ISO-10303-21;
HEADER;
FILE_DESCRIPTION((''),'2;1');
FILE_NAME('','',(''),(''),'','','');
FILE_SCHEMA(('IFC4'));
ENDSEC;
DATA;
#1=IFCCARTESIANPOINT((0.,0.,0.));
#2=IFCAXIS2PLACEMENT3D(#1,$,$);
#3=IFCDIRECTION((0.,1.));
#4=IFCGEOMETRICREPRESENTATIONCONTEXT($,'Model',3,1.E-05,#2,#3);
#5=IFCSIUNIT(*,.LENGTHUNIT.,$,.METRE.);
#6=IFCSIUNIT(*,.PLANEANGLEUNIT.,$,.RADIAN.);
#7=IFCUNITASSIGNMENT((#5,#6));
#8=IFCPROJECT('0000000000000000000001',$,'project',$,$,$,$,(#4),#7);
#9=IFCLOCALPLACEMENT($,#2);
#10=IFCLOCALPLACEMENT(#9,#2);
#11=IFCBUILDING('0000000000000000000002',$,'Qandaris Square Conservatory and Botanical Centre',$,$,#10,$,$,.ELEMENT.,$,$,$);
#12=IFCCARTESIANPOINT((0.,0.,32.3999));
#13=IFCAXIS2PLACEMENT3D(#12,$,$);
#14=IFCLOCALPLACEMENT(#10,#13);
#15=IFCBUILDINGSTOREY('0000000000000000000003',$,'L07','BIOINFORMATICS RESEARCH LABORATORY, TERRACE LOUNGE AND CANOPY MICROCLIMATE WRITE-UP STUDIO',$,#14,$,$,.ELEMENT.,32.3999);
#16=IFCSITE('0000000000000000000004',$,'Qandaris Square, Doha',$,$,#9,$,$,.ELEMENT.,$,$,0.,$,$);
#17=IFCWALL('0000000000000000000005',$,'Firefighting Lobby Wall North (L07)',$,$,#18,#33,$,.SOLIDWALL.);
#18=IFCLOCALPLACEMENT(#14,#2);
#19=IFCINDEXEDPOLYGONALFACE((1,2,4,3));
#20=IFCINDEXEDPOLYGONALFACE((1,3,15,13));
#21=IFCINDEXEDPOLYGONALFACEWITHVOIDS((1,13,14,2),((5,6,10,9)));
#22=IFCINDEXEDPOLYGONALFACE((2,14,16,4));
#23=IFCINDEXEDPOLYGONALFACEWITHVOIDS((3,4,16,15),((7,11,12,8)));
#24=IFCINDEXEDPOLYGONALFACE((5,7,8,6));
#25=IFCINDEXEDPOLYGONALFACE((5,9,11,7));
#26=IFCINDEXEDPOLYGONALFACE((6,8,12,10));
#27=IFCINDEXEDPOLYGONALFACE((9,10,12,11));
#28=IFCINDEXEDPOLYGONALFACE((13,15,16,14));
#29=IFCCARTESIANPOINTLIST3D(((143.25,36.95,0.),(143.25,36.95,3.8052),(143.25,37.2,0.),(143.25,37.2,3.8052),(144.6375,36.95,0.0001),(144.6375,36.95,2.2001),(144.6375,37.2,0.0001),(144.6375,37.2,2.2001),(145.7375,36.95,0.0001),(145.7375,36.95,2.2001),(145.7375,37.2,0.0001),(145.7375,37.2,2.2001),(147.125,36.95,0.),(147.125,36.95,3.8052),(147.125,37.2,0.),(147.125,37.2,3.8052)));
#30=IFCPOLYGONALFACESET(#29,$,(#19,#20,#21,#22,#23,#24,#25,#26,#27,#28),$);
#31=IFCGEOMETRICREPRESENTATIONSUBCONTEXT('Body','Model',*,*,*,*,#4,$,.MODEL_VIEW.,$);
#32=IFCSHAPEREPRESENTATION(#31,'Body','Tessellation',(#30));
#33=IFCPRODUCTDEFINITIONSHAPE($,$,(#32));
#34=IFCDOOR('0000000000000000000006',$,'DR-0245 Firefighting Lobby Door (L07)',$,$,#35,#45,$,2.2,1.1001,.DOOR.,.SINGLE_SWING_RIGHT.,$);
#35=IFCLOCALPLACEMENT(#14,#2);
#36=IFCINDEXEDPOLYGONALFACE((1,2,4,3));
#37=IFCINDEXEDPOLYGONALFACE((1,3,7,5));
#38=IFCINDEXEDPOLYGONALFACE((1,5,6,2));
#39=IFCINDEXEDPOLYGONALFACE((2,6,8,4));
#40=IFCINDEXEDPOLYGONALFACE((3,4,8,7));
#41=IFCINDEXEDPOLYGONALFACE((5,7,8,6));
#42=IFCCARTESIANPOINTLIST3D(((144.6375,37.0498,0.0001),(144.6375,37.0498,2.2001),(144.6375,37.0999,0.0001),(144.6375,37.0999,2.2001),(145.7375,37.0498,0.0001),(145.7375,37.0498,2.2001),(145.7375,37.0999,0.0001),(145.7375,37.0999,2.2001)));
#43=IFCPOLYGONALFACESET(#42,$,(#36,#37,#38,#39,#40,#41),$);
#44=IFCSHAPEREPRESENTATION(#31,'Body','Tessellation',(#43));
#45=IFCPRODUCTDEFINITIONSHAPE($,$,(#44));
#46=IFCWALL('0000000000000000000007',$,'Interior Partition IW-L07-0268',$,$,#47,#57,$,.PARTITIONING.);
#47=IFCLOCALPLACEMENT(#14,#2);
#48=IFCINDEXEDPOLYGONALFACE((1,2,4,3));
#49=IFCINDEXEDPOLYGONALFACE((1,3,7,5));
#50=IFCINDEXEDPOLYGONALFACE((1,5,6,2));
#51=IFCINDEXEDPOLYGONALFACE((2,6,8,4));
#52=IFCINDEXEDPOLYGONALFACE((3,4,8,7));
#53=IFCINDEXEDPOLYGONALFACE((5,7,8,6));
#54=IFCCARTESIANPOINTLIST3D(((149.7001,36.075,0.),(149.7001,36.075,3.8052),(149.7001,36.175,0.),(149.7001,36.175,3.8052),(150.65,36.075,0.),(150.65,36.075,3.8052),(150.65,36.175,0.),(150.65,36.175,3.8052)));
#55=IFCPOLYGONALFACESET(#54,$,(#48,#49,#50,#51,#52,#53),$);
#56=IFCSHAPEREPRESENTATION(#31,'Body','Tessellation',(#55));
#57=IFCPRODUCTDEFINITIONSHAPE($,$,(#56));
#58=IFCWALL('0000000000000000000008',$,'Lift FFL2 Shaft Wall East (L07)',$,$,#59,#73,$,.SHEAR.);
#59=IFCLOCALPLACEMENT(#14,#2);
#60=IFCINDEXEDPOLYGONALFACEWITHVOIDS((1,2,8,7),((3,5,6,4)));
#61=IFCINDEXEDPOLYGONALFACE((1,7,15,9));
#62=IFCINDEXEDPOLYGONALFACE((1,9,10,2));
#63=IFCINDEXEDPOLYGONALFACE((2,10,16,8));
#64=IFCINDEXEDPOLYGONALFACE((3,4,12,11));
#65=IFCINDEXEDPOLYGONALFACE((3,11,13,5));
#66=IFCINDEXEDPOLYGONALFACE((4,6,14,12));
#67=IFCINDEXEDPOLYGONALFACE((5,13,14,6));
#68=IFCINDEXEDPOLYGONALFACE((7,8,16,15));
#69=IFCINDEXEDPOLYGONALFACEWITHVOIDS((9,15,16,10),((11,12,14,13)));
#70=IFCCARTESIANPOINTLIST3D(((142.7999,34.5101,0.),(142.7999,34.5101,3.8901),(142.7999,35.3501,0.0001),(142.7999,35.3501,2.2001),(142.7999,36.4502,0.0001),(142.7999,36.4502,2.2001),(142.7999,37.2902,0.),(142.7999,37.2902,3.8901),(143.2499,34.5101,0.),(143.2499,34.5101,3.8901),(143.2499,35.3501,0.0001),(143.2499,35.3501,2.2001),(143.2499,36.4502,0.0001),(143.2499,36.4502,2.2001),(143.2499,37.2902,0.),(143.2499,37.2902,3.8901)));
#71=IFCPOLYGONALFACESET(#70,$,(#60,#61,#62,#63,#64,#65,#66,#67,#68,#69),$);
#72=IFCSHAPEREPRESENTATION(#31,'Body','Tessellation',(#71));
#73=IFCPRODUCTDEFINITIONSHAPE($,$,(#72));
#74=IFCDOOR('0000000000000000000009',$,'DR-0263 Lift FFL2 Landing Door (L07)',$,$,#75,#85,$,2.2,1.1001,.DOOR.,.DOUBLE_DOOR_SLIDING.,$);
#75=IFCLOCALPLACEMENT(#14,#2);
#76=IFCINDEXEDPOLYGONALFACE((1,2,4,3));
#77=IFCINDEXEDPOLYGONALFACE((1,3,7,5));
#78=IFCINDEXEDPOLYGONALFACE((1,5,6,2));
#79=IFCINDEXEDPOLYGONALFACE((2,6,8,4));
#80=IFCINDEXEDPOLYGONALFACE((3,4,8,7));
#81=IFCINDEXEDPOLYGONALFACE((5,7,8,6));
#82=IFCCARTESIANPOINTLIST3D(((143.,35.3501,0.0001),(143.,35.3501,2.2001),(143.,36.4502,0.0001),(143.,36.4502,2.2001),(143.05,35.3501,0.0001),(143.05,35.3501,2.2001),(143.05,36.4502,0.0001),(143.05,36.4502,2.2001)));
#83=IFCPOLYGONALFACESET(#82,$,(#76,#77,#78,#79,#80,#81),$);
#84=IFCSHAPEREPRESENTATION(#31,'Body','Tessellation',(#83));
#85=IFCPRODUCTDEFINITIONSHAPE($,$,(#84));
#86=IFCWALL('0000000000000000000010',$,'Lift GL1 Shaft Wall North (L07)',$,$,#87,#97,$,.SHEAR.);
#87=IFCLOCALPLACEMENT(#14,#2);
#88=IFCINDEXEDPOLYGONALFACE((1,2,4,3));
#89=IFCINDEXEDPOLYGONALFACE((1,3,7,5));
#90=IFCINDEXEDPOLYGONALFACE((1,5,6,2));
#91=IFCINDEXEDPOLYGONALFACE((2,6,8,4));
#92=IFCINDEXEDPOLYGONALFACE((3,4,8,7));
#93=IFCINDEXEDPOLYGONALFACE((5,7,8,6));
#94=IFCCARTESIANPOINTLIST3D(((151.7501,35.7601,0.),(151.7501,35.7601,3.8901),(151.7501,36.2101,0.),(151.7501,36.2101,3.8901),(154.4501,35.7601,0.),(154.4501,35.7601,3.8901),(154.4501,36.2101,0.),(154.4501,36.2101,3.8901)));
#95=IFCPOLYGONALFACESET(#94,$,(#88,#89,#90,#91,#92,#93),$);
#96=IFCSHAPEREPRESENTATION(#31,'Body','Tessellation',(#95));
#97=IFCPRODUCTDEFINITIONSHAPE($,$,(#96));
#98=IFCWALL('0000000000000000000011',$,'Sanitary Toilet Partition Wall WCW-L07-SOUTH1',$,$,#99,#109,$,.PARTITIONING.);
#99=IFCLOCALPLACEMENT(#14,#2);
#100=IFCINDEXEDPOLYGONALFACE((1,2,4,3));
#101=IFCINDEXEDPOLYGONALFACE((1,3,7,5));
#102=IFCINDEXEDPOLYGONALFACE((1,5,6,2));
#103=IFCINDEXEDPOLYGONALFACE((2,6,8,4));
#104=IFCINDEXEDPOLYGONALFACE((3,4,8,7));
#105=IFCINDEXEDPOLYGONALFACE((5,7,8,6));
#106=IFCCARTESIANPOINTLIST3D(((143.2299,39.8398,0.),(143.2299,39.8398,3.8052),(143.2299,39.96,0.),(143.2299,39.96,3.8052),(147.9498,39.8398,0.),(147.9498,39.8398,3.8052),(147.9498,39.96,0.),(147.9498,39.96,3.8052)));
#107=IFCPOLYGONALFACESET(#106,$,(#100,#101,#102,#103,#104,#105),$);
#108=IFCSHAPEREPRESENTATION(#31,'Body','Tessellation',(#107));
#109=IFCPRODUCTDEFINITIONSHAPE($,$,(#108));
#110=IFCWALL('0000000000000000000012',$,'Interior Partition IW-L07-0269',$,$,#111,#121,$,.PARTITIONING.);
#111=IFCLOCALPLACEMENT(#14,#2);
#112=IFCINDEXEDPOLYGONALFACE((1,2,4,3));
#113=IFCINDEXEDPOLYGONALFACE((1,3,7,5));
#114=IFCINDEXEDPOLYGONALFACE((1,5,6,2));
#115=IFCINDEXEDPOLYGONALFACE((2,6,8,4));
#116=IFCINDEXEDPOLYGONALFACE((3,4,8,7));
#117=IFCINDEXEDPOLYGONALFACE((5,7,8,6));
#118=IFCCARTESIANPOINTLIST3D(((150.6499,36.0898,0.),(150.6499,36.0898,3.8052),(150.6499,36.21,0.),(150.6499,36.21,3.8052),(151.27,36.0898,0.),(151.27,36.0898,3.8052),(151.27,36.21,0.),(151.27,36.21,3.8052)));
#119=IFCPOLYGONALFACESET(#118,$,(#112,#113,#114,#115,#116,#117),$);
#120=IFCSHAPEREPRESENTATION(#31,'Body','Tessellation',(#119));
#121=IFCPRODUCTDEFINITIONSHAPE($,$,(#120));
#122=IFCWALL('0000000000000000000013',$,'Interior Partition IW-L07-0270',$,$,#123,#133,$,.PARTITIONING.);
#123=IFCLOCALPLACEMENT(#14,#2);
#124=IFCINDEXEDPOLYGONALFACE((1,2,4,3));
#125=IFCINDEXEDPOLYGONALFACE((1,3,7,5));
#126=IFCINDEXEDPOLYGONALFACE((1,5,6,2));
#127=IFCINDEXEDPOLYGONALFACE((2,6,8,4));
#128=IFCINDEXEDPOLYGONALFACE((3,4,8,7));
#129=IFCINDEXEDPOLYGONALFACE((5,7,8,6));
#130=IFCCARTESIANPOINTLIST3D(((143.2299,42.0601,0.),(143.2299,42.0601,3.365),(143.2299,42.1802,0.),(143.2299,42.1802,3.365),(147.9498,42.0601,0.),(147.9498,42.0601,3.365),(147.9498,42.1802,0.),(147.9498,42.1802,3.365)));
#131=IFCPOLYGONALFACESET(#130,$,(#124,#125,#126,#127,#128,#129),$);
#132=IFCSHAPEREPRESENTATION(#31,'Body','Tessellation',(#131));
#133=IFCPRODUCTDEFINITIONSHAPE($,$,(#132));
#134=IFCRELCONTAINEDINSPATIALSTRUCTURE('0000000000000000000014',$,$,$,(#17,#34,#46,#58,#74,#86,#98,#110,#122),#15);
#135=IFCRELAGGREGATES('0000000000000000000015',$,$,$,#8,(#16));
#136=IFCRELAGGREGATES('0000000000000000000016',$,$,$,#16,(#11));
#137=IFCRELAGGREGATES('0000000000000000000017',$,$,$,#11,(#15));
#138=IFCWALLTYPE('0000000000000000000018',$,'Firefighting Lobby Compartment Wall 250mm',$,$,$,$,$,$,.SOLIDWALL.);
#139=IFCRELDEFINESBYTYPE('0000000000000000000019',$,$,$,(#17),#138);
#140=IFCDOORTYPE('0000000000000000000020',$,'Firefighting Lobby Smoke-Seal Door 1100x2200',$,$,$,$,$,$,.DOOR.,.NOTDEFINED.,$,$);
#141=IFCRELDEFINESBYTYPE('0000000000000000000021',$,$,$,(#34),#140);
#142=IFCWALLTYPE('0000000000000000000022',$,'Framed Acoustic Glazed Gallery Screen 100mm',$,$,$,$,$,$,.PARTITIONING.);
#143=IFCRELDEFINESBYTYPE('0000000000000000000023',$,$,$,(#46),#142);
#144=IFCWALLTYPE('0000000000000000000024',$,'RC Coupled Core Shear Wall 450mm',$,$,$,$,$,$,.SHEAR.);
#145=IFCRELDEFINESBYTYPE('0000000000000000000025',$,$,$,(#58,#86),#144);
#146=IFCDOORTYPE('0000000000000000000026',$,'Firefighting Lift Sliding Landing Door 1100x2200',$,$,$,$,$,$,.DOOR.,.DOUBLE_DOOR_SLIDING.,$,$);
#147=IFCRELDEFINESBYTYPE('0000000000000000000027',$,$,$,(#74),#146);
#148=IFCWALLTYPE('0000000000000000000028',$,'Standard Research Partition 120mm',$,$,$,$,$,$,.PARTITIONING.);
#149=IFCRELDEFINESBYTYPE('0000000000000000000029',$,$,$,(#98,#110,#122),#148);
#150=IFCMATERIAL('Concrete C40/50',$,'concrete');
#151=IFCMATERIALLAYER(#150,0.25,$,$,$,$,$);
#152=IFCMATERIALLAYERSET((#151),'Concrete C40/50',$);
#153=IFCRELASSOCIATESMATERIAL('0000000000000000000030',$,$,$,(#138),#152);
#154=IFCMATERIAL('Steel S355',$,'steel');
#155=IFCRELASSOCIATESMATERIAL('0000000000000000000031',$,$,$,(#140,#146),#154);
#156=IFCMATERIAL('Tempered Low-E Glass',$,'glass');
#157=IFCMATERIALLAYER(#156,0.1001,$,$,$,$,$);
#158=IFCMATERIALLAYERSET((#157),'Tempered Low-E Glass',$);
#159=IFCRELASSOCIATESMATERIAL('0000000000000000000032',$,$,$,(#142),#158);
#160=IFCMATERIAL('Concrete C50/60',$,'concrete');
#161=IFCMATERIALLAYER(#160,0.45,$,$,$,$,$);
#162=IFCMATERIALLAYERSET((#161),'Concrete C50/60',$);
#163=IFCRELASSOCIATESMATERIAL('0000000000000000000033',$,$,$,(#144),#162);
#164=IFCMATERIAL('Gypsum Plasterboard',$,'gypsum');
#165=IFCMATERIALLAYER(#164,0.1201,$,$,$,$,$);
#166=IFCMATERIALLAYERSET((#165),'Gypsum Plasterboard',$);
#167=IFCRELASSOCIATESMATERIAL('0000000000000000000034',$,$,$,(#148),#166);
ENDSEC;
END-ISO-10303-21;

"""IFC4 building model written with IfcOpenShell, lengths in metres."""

from ifc_helpers import new_model, si_unit, direction, frame, frame_2d, origin, place, context, subcontext, project, spatial, rectangle, extrude, material, layer, layer_set, type_object, element, fill, save


model = new_model("IFC4")

# Units and contexts
model_context = context("Model", 3, precision=1e-05, world=origin(), true_north=direction((0.0, 1.0)))
body_context = subcontext(model_context, "Body", "Model", "MODEL_VIEW")
ifc_project = project(units=[si_unit("LENGTHUNIT", "METRE"), si_unit("PLANEANGLEUNIT", "RADIAN")], contexts=[model_context])

# Site, building, storey
site_placement = place(None, origin())
site = spatial("IfcSite", under=ifc_project, at=site_placement, Name="Qandaris Square, Doha", CompositionType="ELEMENT", RefElevation=0.0)
building_placement = place(site_placement, origin())
building = spatial("IfcBuilding", under=site, at=building_placement, Name="Qandaris Square Conservatory and Botanical Centre", CompositionType="ELEMENT")
storey_placement = place(building_placement, frame((0.0, 0.0, 32.3999)))
storey = spatial("IfcBuildingStorey", under=building, at=storey_placement, Name="L07", Description="BIOINFORMATICS RESEARCH LABORATORY, TERRACE LOUNGE AND CANOPY MICROCLIMATE WRITE-UP STUDIO", CompositionType="ELEMENT", Elevation=32.3999)

# Shared definitions
ifc_material_1 = material(Name="Concrete C50/60", Category="concrete")

# Shared definitions
ifc_material_2 = material(Name="Steel S355", Category="steel")

# Wall, opening, door
ifc_material_3 = material(Name="Concrete C40/50", Category="concrete")
ifc_layer_1 = layer(ifc_material_3, 0.25)
ifc_layer_set_1 = layer_set([ifc_layer_1], Name="Concrete C40/50")
wall_type_1 = type_object("IfcWallType", Name="Firefighting Lobby Compartment Wall 250mm", PredefinedType="SOLIDWALL", material=ifc_layer_set_1)
wall_1_placement = place(storey_placement, frame((143.25, 37.075, 0.0), z_axis=(0.0, 0.0, 1.0), x_axis=(1.0, 0.0, 0.0)))
wall_1 = element("IfcWall", 1, at=wall_1_placement, inside=storey, type_object=wall_type_1, Name="Firefighting Lobby Wall North (L07)", PredefinedType="SOLIDWALL", context=body_context, shape_type="SweptSolid", body=[
    extrude(rectangle(XDim=3.875, YDim=0.25, at=frame_2d((1.9375, 0.0))), origin(), (0.0, 0.0, 1.0), 3.8052),
])
opening_1_placement = place(wall_1_placement, frame((1.3875, 0.0, 0.0)))
opening_1 = element("IfcOpeningElement", 2, at=opening_1_placement, cuts=wall_1, PredefinedType="OPENING", context=body_context, shape_type="SweptSolid", body=[
    extrude(rectangle(XDim=1.1001, YDim=2.2, at=frame_2d((0.55, 1.1001))), frame((0.0, 0.137, 0.0), z_axis=(0.0, -1.0, 0.0), x_axis=(1.0, 0.0, 0.0)), (0.0, 0.0, 1.0), 0.2739),
])
door_type_1 = type_object("IfcDoorType", Name="Firefighting Lobby Smoke-Seal Door 1100x2200", OperationType="NOTDEFINED", PredefinedType="DOOR", material=ifc_material_2)
door_1_placement = place(opening_1_placement, origin())
door_1 = element("IfcDoor", 3, at=door_1_placement, inside=storey, type_object=door_type_1, Name="DR-0245 Firefighting Lobby Door (L07)", OperationType="SINGLE_SWING_RIGHT", OverallHeight=2.2, OverallWidth=1.1001, PredefinedType="DOOR", context=body_context, shape_type="SweptSolid", body=[
    extrude(rectangle(XDim=1.1001, YDim=2.2, at=frame_2d((0.55, 1.1001))), frame((0.0, 0.0249, 0.0), z_axis=(0.0, -1.0, 0.0), x_axis=(1.0, 0.0, 0.0)), (0.0, 0.0, 1.0), 0.05),
])
fill(opening_1, door_1)

# Wall
ifc_material_4 = material(Name="Tempered Low-E Glass", Category="glass")
ifc_layer_2 = layer(ifc_material_4, 0.1001)
ifc_layer_set_2 = layer_set([ifc_layer_2], Name="Tempered Low-E Glass")
wall_type_2 = type_object("IfcWallType", Name="Framed Acoustic Glazed Gallery Screen 100mm", PredefinedType="PARTITIONING", material=ifc_layer_set_2)
wall_2_placement = place(storey_placement, frame((149.7, 36.125, 0.0), z_axis=(0.0, 0.0, 1.0), x_axis=(1.0, 0.0, 0.0)))
element("IfcWall", 4, at=wall_2_placement, inside=storey, type_object=wall_type_2, Name="Interior Partition IW-L07-0268", PredefinedType="PARTITIONING", context=body_context, shape_type="SweptSolid", body=[
    extrude(rectangle(XDim=0.95, YDim=0.1001, at=frame_2d((0.4751, 0.0))), origin(), (0.0, 0.0, 1.0), 3.8052),
])

# Wall, opening, door
ifc_layer_3 = layer(ifc_material_1, 0.45)
ifc_layer_set_3 = layer_set([ifc_layer_3], Name="Concrete C50/60")
wall_type_3 = type_object("IfcWallType", Name="RC Coupled Core Shear Wall 450mm", PredefinedType="SHEAR", material=ifc_layer_set_3)
wall_3_placement = place(storey_placement, frame((143.0249, 34.51, 0.0), z_axis=(0.0, 0.0, 1.0), x_axis=(0.0, 1.0, 0.0)))
wall_3 = element("IfcWall", 5, at=wall_3_placement, inside=storey, type_object=wall_type_3, Name="Lift FFL2 Shaft Wall East (L07)", PredefinedType="SHEAR", context=body_context, shape_type="SweptSolid", body=[
    extrude(rectangle(XDim=2.78, YDim=0.45, at=frame_2d((1.3901, 0.0))), origin(), (0.0, 0.0, 1.0), 3.8901),
])
opening_2_placement = place(wall_3_placement, frame((0.8401, 0.0, 0.0)))
opening_2 = element("IfcOpeningElement", 6, at=opening_2_placement, cuts=wall_3, PredefinedType="OPENING", context=body_context, shape_type="SweptSolid", body=[
    extrude(rectangle(XDim=1.1001, YDim=2.2, at=frame_2d((0.55, 1.1001))), frame((0.0, 0.2368, 0.0), z_axis=(0.0, -1.0, 0.0), x_axis=(1.0, 0.0, 0.0)), (0.0, 0.0, 1.0), 0.4739),
])
door_type_2 = type_object("IfcDoorType", Name="Firefighting Lift Sliding Landing Door 1100x2200", OperationType="DOUBLE_DOOR_SLIDING", PredefinedType="DOOR", material=ifc_material_2)
door_2_placement = place(opening_2_placement, origin())
door_2 = element("IfcDoor", 7, at=door_2_placement, inside=storey, type_object=door_type_2, Name="DR-0263 Lift FFL2 Landing Door (L07)", OperationType="DOUBLE_DOOR_SLIDING", OverallHeight=2.2, OverallWidth=1.1001, PredefinedType="DOOR", context=body_context, shape_type="SweptSolid", body=[
    extrude(rectangle(XDim=1.1001, YDim=2.2, at=frame_2d((0.55, 1.1001))), frame((0.0, 0.0249, 0.0), z_axis=(0.0, -1.0, 0.0), x_axis=(1.0, 0.0, 0.0)), (0.0, 0.0, 1.0), 0.05),
])
fill(opening_2, door_2)

# Walls
wall_4_placement = place(storey_placement, frame((151.75, 35.9851, 0.0), z_axis=(0.0, 0.0, 1.0), x_axis=(1.0, 0.0, 0.0)))
element("IfcWall", 8, at=wall_4_placement, inside=storey, type_object=wall_type_3, Name="Lift GL1 Shaft Wall North (L07)", PredefinedType="SHEAR", context=body_context, shape_type="SweptSolid", body=[
    extrude(rectangle(XDim=2.7, YDim=0.45, at=frame_2d((1.3501, 0.0))), origin(), (0.0, 0.0, 1.0), 3.8901),
])
ifc_material_5 = material(Name="Gypsum Plasterboard", Category="gypsum")
ifc_layer_4 = layer(ifc_material_5, 0.1201)
ifc_layer_set_4 = layer_set([ifc_layer_4], Name="Gypsum Plasterboard")
wall_type_4 = type_object("IfcWallType", Name="Standard Research Partition 120mm", PredefinedType="PARTITIONING", material=ifc_layer_set_4)
wall_5_placement = place(storey_placement, frame((143.23, 39.8999, 0.0), z_axis=(0.0, 0.0, 1.0), x_axis=(1.0, 0.0, 0.0)))
element("IfcWall", 9, at=wall_5_placement, inside=storey, type_object=wall_type_4, Name="Sanitary Toilet Partition Wall WCW-L07-SOUTH1", PredefinedType="PARTITIONING", context=body_context, shape_type="SweptSolid", body=[
    extrude(rectangle(XDim=4.72, YDim=0.1201, at=frame_2d((2.3599, 0.0))), origin(), (0.0, 0.0, 1.0), 3.8052),
])
wall_6_placement = place(storey_placement, frame((150.6499, 36.1499, 0.0), z_axis=(0.0, 0.0, 1.0), x_axis=(1.0, 0.0, 0.0)))
element("IfcWall", 10, at=wall_6_placement, inside=storey, type_object=wall_type_4, Name="Interior Partition IW-L07-0269", PredefinedType="PARTITIONING", context=body_context, shape_type="SweptSolid", body=[
    extrude(rectangle(XDim=0.6201, YDim=0.1201, at=frame_2d((0.3101, 0.0))), origin(), (0.0, 0.0, 1.0), 3.8052),
])
wall_7_placement = place(storey_placement, frame((143.23, 42.1201, 0.0), z_axis=(0.0, 0.0, 1.0), x_axis=(1.0, 0.0, 0.0)))
element("IfcWall", 11, at=wall_7_placement, inside=storey, type_object=wall_type_4, Name="Interior Partition IW-L07-0270", PredefinedType="PARTITIONING", context=body_context, shape_type="SweptSolid", body=[
    extrude(rectangle(XDim=4.72, YDim=0.1201, at=frame_2d((2.3599, 0.0))), origin(), (0.0, 0.0, 1.0), 3.365),
])

save(model, "model.ifc")
